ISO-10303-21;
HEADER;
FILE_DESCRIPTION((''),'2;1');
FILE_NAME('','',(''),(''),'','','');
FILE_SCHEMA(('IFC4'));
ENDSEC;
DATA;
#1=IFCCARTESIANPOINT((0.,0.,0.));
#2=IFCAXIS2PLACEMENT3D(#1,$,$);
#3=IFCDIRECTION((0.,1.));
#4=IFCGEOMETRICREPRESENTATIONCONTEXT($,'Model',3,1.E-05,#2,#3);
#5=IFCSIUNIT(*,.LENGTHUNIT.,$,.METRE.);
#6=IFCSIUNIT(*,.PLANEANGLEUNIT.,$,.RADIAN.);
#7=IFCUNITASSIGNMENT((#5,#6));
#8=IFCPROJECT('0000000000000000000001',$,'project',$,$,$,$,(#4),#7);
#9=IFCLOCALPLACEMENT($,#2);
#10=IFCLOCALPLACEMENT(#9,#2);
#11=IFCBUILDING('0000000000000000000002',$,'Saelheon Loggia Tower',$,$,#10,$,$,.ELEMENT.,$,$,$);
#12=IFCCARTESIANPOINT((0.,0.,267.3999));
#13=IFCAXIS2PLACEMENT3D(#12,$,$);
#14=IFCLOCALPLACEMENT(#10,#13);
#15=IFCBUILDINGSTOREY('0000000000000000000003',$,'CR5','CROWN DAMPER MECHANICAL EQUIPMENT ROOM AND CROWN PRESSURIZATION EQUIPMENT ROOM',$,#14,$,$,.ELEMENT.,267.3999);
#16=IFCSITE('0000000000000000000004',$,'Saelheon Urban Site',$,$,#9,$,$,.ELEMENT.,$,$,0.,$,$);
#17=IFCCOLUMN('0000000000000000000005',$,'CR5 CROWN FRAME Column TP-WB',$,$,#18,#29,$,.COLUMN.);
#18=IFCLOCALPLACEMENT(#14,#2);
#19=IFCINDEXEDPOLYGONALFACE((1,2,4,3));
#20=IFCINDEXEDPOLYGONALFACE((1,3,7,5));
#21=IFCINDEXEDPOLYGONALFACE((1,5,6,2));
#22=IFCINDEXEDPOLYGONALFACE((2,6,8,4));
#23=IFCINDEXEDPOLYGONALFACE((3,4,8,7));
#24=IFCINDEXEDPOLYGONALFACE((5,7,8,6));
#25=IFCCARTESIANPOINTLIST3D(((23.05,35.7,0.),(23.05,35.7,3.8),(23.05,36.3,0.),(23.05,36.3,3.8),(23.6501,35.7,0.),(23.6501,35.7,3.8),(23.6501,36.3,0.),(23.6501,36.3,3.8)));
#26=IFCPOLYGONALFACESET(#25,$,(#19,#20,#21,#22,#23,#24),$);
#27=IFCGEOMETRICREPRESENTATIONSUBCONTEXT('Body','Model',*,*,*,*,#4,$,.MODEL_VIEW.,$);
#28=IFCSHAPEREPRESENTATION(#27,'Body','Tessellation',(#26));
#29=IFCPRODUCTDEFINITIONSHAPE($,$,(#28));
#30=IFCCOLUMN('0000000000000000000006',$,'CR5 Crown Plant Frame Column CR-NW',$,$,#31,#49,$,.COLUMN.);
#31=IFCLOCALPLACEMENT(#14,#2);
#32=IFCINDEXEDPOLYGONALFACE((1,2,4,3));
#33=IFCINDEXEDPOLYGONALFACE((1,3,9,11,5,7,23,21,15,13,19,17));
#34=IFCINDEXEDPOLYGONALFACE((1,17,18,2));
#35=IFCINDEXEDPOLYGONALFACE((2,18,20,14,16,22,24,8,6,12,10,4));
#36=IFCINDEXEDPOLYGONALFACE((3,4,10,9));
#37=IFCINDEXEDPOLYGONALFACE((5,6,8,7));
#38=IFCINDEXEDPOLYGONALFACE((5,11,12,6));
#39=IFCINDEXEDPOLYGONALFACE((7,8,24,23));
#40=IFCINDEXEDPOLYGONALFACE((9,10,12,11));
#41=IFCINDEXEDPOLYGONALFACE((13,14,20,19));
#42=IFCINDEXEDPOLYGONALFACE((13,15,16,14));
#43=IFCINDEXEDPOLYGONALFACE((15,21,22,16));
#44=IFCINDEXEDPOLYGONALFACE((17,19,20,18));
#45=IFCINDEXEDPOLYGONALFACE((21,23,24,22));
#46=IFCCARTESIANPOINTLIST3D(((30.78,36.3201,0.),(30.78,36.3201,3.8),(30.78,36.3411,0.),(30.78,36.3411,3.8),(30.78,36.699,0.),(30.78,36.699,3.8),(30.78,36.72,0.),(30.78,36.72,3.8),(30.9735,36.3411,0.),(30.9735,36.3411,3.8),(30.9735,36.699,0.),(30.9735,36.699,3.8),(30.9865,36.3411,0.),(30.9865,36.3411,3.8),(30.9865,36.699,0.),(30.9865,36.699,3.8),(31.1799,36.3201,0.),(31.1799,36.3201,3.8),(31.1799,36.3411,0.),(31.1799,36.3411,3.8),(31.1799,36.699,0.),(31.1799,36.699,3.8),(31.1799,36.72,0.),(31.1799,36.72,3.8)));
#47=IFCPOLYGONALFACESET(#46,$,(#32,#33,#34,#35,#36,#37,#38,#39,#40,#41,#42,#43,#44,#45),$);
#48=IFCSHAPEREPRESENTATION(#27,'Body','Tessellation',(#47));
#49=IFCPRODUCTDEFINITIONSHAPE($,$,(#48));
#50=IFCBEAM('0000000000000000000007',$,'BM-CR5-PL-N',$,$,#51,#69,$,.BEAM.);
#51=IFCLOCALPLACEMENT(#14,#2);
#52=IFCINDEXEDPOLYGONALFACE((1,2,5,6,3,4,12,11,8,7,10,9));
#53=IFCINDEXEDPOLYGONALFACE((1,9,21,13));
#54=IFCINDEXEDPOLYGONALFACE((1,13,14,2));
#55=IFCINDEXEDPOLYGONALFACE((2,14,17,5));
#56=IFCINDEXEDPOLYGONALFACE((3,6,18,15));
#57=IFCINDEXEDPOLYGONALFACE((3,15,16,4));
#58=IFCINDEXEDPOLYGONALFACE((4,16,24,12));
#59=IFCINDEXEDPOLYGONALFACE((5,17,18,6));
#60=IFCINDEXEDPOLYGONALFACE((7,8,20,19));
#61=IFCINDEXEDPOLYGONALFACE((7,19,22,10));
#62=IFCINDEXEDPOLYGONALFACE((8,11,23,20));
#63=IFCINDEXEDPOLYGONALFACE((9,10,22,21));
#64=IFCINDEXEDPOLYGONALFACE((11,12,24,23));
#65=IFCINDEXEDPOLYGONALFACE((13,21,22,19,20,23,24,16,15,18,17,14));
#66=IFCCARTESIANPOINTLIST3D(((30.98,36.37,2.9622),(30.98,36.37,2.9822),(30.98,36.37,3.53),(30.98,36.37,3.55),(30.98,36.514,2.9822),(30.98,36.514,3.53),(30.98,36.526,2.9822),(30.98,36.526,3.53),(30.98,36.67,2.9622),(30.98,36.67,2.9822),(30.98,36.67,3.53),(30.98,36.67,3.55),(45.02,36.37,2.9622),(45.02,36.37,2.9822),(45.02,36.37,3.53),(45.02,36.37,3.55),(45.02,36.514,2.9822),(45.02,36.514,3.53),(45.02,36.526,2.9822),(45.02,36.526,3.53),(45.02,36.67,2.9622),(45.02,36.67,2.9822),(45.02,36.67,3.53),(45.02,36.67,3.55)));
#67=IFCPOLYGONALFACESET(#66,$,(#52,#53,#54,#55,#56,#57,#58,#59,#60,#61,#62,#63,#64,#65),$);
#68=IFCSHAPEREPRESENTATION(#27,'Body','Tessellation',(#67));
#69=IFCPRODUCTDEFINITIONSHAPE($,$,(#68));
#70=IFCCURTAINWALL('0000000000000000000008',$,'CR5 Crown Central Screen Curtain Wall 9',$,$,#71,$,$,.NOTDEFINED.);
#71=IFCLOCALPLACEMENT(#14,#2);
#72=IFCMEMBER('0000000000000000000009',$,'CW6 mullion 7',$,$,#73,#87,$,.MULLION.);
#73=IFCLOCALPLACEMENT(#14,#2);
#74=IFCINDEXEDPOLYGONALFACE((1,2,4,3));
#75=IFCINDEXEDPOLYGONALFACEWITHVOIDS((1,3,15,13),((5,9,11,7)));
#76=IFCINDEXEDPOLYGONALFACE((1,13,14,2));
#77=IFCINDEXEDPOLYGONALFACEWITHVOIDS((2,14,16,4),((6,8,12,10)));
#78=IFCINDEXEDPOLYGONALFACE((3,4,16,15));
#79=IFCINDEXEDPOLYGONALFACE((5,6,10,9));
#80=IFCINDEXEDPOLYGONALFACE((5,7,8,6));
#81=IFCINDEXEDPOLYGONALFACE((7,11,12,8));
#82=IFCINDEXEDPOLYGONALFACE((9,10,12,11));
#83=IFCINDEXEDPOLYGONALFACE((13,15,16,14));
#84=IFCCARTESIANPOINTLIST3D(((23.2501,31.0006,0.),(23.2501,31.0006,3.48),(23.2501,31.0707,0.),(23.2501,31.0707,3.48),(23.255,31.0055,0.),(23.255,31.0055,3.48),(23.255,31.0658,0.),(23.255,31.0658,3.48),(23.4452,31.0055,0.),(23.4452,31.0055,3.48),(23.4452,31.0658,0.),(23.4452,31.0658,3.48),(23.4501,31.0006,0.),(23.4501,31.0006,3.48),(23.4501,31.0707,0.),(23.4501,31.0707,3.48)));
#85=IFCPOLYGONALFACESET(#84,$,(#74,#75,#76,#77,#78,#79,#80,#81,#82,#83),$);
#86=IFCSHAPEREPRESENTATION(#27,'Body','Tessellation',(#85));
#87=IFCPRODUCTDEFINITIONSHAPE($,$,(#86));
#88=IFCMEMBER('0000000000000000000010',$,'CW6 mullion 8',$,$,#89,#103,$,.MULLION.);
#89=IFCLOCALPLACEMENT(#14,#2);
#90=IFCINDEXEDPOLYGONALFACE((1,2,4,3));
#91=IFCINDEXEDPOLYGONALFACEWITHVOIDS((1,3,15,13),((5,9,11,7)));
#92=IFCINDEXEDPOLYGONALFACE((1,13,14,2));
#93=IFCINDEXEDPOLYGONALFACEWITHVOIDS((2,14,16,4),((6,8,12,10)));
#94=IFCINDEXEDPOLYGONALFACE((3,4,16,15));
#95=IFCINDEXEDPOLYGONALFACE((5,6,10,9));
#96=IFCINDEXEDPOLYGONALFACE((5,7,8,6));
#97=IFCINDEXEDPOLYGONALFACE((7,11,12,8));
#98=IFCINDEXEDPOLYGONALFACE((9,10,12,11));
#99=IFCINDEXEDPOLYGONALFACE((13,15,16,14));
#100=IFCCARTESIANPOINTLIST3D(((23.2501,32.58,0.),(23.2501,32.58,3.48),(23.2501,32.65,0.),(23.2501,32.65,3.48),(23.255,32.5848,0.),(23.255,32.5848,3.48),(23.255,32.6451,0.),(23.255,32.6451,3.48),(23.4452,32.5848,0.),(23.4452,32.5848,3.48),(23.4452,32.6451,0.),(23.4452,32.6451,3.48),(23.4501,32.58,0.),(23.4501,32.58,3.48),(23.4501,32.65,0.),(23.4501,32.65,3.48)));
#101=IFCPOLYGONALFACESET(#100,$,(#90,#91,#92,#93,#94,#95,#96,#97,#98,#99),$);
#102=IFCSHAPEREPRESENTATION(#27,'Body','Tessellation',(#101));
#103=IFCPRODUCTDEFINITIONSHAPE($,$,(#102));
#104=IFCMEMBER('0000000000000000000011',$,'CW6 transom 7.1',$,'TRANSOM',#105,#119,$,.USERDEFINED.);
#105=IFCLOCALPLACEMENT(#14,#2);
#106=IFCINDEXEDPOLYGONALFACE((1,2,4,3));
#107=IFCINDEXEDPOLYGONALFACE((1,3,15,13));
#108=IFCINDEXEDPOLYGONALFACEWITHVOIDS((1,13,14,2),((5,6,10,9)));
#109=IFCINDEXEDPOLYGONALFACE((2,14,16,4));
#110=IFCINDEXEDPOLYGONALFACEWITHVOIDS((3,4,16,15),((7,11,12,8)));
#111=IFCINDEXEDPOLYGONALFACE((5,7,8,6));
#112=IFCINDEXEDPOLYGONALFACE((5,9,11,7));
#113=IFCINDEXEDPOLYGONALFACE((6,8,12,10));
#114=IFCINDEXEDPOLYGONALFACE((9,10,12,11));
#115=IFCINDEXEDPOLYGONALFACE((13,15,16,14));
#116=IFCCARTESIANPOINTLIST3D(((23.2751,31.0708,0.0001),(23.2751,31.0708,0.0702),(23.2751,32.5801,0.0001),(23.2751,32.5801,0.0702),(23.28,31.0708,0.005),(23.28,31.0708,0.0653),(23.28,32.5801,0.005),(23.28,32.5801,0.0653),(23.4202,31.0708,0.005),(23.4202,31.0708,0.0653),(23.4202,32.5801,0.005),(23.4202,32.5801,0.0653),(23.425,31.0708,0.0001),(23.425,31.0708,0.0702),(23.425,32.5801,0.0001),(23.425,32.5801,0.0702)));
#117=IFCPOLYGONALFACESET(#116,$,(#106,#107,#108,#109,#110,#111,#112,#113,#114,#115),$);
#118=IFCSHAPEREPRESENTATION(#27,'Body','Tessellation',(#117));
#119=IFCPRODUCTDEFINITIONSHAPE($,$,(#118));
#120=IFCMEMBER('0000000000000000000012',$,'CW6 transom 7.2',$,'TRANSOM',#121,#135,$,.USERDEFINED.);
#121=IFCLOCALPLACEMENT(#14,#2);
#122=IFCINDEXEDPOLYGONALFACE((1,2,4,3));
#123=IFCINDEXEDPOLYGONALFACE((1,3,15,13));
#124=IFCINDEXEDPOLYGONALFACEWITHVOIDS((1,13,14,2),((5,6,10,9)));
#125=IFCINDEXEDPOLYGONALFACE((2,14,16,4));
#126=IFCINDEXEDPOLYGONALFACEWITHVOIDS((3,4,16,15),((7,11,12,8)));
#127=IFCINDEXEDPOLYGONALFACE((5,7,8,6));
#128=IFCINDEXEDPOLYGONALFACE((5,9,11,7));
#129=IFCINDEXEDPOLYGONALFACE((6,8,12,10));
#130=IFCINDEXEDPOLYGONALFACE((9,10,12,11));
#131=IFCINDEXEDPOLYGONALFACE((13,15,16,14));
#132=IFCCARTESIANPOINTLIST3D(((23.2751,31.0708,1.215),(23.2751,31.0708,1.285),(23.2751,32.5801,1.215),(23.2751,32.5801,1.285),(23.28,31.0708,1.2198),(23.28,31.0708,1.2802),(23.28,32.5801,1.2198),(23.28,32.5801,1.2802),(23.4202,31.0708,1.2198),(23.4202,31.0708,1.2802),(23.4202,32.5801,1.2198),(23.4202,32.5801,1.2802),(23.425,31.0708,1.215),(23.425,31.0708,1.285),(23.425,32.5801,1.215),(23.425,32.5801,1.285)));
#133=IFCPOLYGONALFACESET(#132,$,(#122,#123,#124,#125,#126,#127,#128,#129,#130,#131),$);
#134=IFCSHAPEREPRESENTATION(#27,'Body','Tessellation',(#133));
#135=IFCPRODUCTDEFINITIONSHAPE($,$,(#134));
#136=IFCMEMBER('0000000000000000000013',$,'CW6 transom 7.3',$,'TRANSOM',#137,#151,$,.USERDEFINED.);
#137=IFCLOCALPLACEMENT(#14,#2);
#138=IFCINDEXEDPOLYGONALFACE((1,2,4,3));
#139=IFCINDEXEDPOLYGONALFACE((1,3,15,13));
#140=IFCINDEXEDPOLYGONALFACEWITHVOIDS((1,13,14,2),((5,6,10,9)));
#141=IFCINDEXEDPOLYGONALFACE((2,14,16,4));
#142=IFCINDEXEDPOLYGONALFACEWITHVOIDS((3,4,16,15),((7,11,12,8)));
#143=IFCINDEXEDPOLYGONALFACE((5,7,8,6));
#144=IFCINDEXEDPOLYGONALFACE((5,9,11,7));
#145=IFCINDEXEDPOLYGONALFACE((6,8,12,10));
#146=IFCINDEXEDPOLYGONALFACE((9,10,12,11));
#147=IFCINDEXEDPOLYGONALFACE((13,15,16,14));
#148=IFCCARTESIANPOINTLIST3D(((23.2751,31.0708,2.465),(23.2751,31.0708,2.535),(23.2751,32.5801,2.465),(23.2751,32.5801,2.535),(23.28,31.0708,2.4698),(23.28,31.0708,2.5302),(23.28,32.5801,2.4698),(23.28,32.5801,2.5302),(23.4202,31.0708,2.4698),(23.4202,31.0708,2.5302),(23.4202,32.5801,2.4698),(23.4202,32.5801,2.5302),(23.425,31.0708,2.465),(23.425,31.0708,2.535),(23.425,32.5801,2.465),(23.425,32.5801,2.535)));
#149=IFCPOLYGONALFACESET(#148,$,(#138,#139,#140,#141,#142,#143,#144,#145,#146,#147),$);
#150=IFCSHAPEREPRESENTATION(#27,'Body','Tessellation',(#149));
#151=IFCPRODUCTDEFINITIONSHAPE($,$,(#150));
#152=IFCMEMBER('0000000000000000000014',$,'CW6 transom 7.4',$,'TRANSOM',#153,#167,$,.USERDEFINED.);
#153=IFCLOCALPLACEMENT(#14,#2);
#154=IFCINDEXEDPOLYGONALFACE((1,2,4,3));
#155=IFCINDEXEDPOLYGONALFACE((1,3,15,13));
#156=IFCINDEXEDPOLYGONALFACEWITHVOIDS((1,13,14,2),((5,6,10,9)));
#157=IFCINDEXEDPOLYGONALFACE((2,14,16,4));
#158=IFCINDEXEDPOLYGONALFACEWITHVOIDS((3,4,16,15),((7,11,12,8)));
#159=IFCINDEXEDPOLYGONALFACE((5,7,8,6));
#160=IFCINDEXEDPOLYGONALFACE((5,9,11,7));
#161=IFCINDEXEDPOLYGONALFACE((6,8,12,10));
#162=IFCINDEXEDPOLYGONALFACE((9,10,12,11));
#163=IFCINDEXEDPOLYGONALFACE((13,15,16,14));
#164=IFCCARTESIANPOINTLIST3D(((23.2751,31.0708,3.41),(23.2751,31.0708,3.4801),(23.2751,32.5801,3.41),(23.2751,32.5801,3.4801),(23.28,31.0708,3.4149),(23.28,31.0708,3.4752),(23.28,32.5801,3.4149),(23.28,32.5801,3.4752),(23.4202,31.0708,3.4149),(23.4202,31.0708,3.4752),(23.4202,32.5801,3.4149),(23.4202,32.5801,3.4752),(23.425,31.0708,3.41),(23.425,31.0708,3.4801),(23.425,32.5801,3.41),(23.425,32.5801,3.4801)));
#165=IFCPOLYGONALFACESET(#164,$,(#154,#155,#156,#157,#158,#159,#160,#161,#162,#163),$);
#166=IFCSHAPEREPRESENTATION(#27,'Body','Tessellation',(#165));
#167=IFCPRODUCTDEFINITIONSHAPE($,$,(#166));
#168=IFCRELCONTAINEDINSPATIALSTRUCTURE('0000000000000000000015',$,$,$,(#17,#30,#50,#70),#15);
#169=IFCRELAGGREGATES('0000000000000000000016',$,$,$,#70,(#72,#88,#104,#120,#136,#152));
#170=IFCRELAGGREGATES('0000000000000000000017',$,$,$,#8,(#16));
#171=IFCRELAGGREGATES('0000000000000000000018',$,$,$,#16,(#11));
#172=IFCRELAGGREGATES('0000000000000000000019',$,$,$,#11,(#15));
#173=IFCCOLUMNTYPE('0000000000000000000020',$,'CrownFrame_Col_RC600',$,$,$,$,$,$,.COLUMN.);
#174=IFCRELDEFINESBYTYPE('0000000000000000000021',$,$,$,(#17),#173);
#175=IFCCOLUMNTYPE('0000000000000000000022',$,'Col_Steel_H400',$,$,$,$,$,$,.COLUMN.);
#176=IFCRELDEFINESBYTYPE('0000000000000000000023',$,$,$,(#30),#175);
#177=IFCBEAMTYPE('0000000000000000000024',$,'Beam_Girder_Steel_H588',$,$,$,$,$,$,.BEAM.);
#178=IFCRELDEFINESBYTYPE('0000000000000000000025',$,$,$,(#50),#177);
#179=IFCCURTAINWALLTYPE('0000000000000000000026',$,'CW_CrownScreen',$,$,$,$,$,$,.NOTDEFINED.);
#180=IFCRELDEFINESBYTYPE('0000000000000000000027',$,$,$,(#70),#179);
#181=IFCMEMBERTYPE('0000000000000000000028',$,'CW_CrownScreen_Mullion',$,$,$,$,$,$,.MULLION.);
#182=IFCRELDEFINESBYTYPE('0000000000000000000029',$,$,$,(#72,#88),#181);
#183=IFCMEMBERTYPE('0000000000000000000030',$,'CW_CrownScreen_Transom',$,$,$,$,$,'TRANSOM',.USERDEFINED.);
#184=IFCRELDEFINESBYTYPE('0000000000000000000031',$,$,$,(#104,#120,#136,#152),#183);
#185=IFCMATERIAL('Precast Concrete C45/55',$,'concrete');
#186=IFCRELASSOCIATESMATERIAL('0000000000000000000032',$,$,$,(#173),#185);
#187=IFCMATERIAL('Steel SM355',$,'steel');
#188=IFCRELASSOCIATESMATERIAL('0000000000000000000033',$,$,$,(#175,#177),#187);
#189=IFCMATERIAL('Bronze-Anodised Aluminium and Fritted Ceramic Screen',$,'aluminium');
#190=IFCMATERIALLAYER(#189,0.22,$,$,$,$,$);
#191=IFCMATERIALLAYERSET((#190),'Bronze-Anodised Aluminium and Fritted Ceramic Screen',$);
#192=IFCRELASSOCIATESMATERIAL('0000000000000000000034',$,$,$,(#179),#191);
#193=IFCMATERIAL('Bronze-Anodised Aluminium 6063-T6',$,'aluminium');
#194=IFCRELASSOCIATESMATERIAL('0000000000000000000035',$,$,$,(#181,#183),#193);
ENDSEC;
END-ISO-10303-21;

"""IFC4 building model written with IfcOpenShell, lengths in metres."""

from ifc_helpers import new_model, si_unit, direction, frame, origin, origin_2d, place, context, subcontext, project, spatial, rectangle, hollow_rectangle, i_section, extrude, source, transform, mapped, material, layer, layer_set, material_profile, profile_set, type_object, element, aggregate, save


model = new_model("IFC4")

# Units and contexts
model_context = context("Model", 3, precision=1e-05, world=origin(), true_north=direction((0.0, 1.0)))
body_context = subcontext(model_context, "Body", "Model", "MODEL_VIEW")
ifc_project = project(units=[si_unit("LENGTHUNIT", "METRE"), si_unit("PLANEANGLEUNIT", "RADIAN")], contexts=[model_context])

# Site, building, storey
site_placement = place(None, origin())
site = spatial("IfcSite", under=ifc_project, at=site_placement, Name="Saelheon Urban Site", CompositionType="ELEMENT", RefElevation=0.0)
building_placement = place(site_placement, origin())
building = spatial("IfcBuilding", under=site, at=building_placement, Name="Saelheon Loggia Tower", CompositionType="ELEMENT")
storey_placement = place(building_placement, frame((0.0, 0.0, 267.3999)))
storey = spatial("IfcBuildingStorey", under=building, at=storey_placement, Name="CR5", Description="CROWN DAMPER MECHANICAL EQUIPMENT ROOM AND CROWN PRESSURIZATION EQUIPMENT ROOM", CompositionType="ELEMENT", Elevation=267.3999)

# Columns
ifc_material_1 = material(Name="Precast Concrete C45/55", Category="concrete")
ifc_material_profile_1 = material_profile(ifc_material_1, rectangle(XDim=0.6001, YDim=0.6001, at=origin_2d()), Name="RC-600x600")
ifc_profile_set_1 = profile_set([ifc_material_profile_1], Name="Precast Concrete C45/55")
column_type_1 = type_object("IfcColumnType", Name="CrownFrame_Col_RC600", PredefinedType="COLUMN", material=ifc_profile_set_1)
shared_shape_1 = source(origin(), body_context, "Body", "SweptSolid", [
    extrude(rectangle(XDim=0.6001, YDim=0.6001, at=origin_2d()), origin(), (0.0, 0.0, 1.0), 3.8),
])
column_1_placement = place(storey_placement, frame((23.3501, 36.0, 0.0), z_axis=(0.0, 0.0, 1.0), x_axis=(1.0, 0.0, 0.0)))
element("IfcColumn", 1, at=column_1_placement, inside=storey, type_object=column_type_1, Name="CR5 CROWN FRAME Column TP-WB", PredefinedType="COLUMN", context=body_context, shape_type="MappedRepresentation", body=[
    mapped(shared_shape_1, transform((0.0, 0.0, 0.0), scale=1.0)),
])
ifc_material_2 = material(Name="Steel SM355", Category="steel")
ifc_material_profile_2 = material_profile(ifc_material_2, i_section(OverallWidth=0.3999, OverallDepth=0.3999, WebThickness=0.0129, FlangeThickness=0.021, at=origin_2d()), Name="H-400x400x13x21")
ifc_profile_set_2 = profile_set([ifc_material_profile_2], Name="Steel SM355")
column_type_2 = type_object("IfcColumnType", Name="Col_Steel_H400", PredefinedType="COLUMN", material=ifc_profile_set_2)
shared_shape_2 = source(origin(), body_context, "Body", "SweptSolid", [
    extrude(i_section(OverallWidth=0.3999, OverallDepth=0.3999, WebThickness=0.0129, FlangeThickness=0.021, at=origin_2d()), origin(), (0.0, 0.0, 1.0), 3.8),
])
column_2_placement = place(storey_placement, frame((30.98, 36.52, 0.0), z_axis=(0.0, 0.0, 1.0), x_axis=(1.0, 0.0, 0.0)))
element("IfcColumn", 2, at=column_2_placement, inside=storey, type_object=column_type_2, Name="CR5 Crown Plant Frame Column CR-NW", PredefinedType="COLUMN", context=body_context, shape_type="MappedRepresentation", body=[
    mapped(shared_shape_2, transform((0.0, 0.0, 0.0), scale=1.0)),
])

# Beam
ifc_material_profile_3 = material_profile(ifc_material_2, i_section(OverallWidth=0.3, OverallDepth=0.5879, WebThickness=0.012, FlangeThickness=0.02, at=origin_2d()), Name="H-588x300x12x20")
ifc_profile_set_3 = profile_set([ifc_material_profile_3], Name="Steel SM355")
beam_type = type_object("IfcBeamType", Name="Beam_Girder_Steel_H588", PredefinedType="BEAM", material=ifc_profile_set_3)
shared_shape_3 = source(origin(), body_context, "Body", "SweptSolid", [
    extrude(i_section(OverallWidth=0.3, OverallDepth=0.5879, WebThickness=0.012, FlangeThickness=0.02, at=origin_2d()), origin(), (0.0, 0.0, 1.0), 14.04),
])
beam_placement = place(storey_placement, frame((30.98, 36.52, 3.2561), z_axis=(1.0, 0.0, 0.0), x_axis=(0.0, 1.0, 0.0)))
element("IfcBeam", 3, at=beam_placement, inside=storey, type_object=beam_type, Name="BM-CR5-PL-N", PredefinedType="BEAM", context=body_context, shape_type="MappedRepresentation", body=[
    mapped(shared_shape_3, transform((0.0, 0.0, 0.0), scale=1.0)),
])

# Curtain wall, members
ifc_material_3 = material(Name="Bronze-Anodised Aluminium and Fritted Ceramic Screen", Category="aluminium")
ifc_layer_1 = layer(ifc_material_3, 0.22)
ifc_layer_set_1 = layer_set([ifc_layer_1], Name="Bronze-Anodised Aluminium and Fritted Ceramic Screen")
curtain_wall_type = type_object("IfcCurtainWallType", Name="CW_CrownScreen", PredefinedType="NOTDEFINED", material=ifc_layer_set_1)
curtain_wall_placement = place(storey_placement, origin())
curtain_wall = element("IfcCurtainWall", 4, at=curtain_wall_placement, inside=storey, type_object=curtain_wall_type, Name="CR5 Crown Central Screen Curtain Wall 9", PredefinedType="NOTDEFINED")
ifc_material_4 = material(Name="Bronze-Anodised Aluminium 6063-T6", Category="aluminium")
ifc_material_profile_4 = material_profile(ifc_material_4, hollow_rectangle(XDim=0.0701, YDim=0.2, WallThickness=0.0049, at=origin_2d()), Name="RHS-200x70x5")
ifc_profile_set_4 = profile_set([ifc_material_profile_4], Name="Bronze-Anodised Aluminium 6063-T6")
member_type_1 = type_object("IfcMemberType", Name="CW_CrownScreen_Mullion", PredefinedType="MULLION", material=ifc_profile_set_4)
shared_shape_4 = source(origin(), body_context, "Body", "SweptSolid", [
    extrude(hollow_rectangle(XDim=0.0701, YDim=0.2, WallThickness=0.0049, at=origin_2d()), origin(), (0.0, 0.0, 1.0), 3.48),
])
member_1_placement = place(storey_placement, frame((23.3501, 31.0356, 0.0), z_axis=(0.0, 0.0, 1.0), x_axis=(0.0, 1.0, 0.0)))
member_1 = element("IfcMember", 5, at=member_1_placement, type_object=member_type_1, Name="CW6 mullion 7", PredefinedType="MULLION", context=body_context, shape_type="MappedRepresentation", body=[
    mapped(shared_shape_4, transform((0.0, 0.0, 0.0), scale=1.0)),
])
member_2_placement = place(storey_placement, frame((23.3501, 32.615, 0.0), z_axis=(0.0, 0.0, 1.0), x_axis=(0.0, 1.0, 0.0)))
member_2 = element("IfcMember", 6, at=member_2_placement, type_object=member_type_1, Name="CW6 mullion 8", PredefinedType="MULLION", context=body_context, shape_type="MappedRepresentation", body=[
    mapped(shared_shape_4, transform((0.0, 0.0, 0.0), scale=1.0)),
])
ifc_material_profile_5 = material_profile(ifc_material_4, hollow_rectangle(XDim=0.0701, YDim=0.1499, WallThickness=0.0049, at=origin_2d()), Name="RHS-150x70x5")
ifc_profile_set_5 = profile_set([ifc_material_profile_5], Name="Bronze-Anodised Aluminium 6063-T6")
member_type_2 = type_object("IfcMemberType", Name="CW_CrownScreen_Transom", ElementType="TRANSOM", PredefinedType="USERDEFINED", material=ifc_profile_set_5)
shared_shape_5 = source(origin(), body_context, "Body", "SweptSolid", [
    extrude(hollow_rectangle(XDim=0.0701, YDim=0.1499, WallThickness=0.0049, at=origin_2d()), origin(), (0.0, 0.0, 1.0), 1.5093),
])
member_3_placement = place(storey_placement, frame((23.3501, 31.0708, 0.0352), z_axis=(0.0, 1.0, 0.0), x_axis=(0.0, 0.0, 1.0)))
member_3 = element("IfcMember", 7, at=member_3_placement, type_object=member_type_2, Name="CW6 transom 7.1", ObjectType="TRANSOM", PredefinedType="USERDEFINED", context=body_context, shape_type="MappedRepresentation", body=[
    mapped(shared_shape_5, transform((0.0, 0.0, 0.0), scale=1.0)),
])
member_4_placement = place(storey_placement, frame((23.3501, 31.0708, 1.25), z_axis=(0.0, 1.0, 0.0), x_axis=(0.0, 0.0, 1.0)))
member_4 = element("IfcMember", 8, at=member_4_placement, type_object=member_type_2, Name="CW6 transom 7.2", ObjectType="TRANSOM", PredefinedType="USERDEFINED", context=body_context, shape_type="MappedRepresentation", body=[
    mapped(shared_shape_5, transform((0.0, 0.0, 0.0), scale=1.0)),
])
member_5_placement = place(storey_placement, frame((23.3501, 31.0708, 2.5), z_axis=(0.0, 1.0, 0.0), x_axis=(0.0, 0.0, 1.0)))
member_5 = element("IfcMember", 9, at=member_5_placement, type_object=member_type_2, Name="CW6 transom 7.3", ObjectType="TRANSOM", PredefinedType="USERDEFINED", context=body_context, shape_type="MappedRepresentation", body=[
    mapped(shared_shape_5, transform((0.0, 0.0, 0.0), scale=1.0)),
])
member_6_placement = place(storey_placement, frame((23.3501, 31.0708, 3.4451), z_axis=(0.0, 1.0, 0.0), x_axis=(0.0, 0.0, 1.0)))
member_6 = element("IfcMember", 10, at=member_6_placement, type_object=member_type_2, Name="CW6 transom 7.4", ObjectType="TRANSOM", PredefinedType="USERDEFINED", context=body_context, shape_type="MappedRepresentation", body=[
    mapped(shared_shape_5, transform((0.0, 0.0, 0.0), scale=1.0)),
])
aggregate(curtain_wall, [member_1, member_2, member_3, member_4, member_5, member_6])

save(model, "model.ifc")
